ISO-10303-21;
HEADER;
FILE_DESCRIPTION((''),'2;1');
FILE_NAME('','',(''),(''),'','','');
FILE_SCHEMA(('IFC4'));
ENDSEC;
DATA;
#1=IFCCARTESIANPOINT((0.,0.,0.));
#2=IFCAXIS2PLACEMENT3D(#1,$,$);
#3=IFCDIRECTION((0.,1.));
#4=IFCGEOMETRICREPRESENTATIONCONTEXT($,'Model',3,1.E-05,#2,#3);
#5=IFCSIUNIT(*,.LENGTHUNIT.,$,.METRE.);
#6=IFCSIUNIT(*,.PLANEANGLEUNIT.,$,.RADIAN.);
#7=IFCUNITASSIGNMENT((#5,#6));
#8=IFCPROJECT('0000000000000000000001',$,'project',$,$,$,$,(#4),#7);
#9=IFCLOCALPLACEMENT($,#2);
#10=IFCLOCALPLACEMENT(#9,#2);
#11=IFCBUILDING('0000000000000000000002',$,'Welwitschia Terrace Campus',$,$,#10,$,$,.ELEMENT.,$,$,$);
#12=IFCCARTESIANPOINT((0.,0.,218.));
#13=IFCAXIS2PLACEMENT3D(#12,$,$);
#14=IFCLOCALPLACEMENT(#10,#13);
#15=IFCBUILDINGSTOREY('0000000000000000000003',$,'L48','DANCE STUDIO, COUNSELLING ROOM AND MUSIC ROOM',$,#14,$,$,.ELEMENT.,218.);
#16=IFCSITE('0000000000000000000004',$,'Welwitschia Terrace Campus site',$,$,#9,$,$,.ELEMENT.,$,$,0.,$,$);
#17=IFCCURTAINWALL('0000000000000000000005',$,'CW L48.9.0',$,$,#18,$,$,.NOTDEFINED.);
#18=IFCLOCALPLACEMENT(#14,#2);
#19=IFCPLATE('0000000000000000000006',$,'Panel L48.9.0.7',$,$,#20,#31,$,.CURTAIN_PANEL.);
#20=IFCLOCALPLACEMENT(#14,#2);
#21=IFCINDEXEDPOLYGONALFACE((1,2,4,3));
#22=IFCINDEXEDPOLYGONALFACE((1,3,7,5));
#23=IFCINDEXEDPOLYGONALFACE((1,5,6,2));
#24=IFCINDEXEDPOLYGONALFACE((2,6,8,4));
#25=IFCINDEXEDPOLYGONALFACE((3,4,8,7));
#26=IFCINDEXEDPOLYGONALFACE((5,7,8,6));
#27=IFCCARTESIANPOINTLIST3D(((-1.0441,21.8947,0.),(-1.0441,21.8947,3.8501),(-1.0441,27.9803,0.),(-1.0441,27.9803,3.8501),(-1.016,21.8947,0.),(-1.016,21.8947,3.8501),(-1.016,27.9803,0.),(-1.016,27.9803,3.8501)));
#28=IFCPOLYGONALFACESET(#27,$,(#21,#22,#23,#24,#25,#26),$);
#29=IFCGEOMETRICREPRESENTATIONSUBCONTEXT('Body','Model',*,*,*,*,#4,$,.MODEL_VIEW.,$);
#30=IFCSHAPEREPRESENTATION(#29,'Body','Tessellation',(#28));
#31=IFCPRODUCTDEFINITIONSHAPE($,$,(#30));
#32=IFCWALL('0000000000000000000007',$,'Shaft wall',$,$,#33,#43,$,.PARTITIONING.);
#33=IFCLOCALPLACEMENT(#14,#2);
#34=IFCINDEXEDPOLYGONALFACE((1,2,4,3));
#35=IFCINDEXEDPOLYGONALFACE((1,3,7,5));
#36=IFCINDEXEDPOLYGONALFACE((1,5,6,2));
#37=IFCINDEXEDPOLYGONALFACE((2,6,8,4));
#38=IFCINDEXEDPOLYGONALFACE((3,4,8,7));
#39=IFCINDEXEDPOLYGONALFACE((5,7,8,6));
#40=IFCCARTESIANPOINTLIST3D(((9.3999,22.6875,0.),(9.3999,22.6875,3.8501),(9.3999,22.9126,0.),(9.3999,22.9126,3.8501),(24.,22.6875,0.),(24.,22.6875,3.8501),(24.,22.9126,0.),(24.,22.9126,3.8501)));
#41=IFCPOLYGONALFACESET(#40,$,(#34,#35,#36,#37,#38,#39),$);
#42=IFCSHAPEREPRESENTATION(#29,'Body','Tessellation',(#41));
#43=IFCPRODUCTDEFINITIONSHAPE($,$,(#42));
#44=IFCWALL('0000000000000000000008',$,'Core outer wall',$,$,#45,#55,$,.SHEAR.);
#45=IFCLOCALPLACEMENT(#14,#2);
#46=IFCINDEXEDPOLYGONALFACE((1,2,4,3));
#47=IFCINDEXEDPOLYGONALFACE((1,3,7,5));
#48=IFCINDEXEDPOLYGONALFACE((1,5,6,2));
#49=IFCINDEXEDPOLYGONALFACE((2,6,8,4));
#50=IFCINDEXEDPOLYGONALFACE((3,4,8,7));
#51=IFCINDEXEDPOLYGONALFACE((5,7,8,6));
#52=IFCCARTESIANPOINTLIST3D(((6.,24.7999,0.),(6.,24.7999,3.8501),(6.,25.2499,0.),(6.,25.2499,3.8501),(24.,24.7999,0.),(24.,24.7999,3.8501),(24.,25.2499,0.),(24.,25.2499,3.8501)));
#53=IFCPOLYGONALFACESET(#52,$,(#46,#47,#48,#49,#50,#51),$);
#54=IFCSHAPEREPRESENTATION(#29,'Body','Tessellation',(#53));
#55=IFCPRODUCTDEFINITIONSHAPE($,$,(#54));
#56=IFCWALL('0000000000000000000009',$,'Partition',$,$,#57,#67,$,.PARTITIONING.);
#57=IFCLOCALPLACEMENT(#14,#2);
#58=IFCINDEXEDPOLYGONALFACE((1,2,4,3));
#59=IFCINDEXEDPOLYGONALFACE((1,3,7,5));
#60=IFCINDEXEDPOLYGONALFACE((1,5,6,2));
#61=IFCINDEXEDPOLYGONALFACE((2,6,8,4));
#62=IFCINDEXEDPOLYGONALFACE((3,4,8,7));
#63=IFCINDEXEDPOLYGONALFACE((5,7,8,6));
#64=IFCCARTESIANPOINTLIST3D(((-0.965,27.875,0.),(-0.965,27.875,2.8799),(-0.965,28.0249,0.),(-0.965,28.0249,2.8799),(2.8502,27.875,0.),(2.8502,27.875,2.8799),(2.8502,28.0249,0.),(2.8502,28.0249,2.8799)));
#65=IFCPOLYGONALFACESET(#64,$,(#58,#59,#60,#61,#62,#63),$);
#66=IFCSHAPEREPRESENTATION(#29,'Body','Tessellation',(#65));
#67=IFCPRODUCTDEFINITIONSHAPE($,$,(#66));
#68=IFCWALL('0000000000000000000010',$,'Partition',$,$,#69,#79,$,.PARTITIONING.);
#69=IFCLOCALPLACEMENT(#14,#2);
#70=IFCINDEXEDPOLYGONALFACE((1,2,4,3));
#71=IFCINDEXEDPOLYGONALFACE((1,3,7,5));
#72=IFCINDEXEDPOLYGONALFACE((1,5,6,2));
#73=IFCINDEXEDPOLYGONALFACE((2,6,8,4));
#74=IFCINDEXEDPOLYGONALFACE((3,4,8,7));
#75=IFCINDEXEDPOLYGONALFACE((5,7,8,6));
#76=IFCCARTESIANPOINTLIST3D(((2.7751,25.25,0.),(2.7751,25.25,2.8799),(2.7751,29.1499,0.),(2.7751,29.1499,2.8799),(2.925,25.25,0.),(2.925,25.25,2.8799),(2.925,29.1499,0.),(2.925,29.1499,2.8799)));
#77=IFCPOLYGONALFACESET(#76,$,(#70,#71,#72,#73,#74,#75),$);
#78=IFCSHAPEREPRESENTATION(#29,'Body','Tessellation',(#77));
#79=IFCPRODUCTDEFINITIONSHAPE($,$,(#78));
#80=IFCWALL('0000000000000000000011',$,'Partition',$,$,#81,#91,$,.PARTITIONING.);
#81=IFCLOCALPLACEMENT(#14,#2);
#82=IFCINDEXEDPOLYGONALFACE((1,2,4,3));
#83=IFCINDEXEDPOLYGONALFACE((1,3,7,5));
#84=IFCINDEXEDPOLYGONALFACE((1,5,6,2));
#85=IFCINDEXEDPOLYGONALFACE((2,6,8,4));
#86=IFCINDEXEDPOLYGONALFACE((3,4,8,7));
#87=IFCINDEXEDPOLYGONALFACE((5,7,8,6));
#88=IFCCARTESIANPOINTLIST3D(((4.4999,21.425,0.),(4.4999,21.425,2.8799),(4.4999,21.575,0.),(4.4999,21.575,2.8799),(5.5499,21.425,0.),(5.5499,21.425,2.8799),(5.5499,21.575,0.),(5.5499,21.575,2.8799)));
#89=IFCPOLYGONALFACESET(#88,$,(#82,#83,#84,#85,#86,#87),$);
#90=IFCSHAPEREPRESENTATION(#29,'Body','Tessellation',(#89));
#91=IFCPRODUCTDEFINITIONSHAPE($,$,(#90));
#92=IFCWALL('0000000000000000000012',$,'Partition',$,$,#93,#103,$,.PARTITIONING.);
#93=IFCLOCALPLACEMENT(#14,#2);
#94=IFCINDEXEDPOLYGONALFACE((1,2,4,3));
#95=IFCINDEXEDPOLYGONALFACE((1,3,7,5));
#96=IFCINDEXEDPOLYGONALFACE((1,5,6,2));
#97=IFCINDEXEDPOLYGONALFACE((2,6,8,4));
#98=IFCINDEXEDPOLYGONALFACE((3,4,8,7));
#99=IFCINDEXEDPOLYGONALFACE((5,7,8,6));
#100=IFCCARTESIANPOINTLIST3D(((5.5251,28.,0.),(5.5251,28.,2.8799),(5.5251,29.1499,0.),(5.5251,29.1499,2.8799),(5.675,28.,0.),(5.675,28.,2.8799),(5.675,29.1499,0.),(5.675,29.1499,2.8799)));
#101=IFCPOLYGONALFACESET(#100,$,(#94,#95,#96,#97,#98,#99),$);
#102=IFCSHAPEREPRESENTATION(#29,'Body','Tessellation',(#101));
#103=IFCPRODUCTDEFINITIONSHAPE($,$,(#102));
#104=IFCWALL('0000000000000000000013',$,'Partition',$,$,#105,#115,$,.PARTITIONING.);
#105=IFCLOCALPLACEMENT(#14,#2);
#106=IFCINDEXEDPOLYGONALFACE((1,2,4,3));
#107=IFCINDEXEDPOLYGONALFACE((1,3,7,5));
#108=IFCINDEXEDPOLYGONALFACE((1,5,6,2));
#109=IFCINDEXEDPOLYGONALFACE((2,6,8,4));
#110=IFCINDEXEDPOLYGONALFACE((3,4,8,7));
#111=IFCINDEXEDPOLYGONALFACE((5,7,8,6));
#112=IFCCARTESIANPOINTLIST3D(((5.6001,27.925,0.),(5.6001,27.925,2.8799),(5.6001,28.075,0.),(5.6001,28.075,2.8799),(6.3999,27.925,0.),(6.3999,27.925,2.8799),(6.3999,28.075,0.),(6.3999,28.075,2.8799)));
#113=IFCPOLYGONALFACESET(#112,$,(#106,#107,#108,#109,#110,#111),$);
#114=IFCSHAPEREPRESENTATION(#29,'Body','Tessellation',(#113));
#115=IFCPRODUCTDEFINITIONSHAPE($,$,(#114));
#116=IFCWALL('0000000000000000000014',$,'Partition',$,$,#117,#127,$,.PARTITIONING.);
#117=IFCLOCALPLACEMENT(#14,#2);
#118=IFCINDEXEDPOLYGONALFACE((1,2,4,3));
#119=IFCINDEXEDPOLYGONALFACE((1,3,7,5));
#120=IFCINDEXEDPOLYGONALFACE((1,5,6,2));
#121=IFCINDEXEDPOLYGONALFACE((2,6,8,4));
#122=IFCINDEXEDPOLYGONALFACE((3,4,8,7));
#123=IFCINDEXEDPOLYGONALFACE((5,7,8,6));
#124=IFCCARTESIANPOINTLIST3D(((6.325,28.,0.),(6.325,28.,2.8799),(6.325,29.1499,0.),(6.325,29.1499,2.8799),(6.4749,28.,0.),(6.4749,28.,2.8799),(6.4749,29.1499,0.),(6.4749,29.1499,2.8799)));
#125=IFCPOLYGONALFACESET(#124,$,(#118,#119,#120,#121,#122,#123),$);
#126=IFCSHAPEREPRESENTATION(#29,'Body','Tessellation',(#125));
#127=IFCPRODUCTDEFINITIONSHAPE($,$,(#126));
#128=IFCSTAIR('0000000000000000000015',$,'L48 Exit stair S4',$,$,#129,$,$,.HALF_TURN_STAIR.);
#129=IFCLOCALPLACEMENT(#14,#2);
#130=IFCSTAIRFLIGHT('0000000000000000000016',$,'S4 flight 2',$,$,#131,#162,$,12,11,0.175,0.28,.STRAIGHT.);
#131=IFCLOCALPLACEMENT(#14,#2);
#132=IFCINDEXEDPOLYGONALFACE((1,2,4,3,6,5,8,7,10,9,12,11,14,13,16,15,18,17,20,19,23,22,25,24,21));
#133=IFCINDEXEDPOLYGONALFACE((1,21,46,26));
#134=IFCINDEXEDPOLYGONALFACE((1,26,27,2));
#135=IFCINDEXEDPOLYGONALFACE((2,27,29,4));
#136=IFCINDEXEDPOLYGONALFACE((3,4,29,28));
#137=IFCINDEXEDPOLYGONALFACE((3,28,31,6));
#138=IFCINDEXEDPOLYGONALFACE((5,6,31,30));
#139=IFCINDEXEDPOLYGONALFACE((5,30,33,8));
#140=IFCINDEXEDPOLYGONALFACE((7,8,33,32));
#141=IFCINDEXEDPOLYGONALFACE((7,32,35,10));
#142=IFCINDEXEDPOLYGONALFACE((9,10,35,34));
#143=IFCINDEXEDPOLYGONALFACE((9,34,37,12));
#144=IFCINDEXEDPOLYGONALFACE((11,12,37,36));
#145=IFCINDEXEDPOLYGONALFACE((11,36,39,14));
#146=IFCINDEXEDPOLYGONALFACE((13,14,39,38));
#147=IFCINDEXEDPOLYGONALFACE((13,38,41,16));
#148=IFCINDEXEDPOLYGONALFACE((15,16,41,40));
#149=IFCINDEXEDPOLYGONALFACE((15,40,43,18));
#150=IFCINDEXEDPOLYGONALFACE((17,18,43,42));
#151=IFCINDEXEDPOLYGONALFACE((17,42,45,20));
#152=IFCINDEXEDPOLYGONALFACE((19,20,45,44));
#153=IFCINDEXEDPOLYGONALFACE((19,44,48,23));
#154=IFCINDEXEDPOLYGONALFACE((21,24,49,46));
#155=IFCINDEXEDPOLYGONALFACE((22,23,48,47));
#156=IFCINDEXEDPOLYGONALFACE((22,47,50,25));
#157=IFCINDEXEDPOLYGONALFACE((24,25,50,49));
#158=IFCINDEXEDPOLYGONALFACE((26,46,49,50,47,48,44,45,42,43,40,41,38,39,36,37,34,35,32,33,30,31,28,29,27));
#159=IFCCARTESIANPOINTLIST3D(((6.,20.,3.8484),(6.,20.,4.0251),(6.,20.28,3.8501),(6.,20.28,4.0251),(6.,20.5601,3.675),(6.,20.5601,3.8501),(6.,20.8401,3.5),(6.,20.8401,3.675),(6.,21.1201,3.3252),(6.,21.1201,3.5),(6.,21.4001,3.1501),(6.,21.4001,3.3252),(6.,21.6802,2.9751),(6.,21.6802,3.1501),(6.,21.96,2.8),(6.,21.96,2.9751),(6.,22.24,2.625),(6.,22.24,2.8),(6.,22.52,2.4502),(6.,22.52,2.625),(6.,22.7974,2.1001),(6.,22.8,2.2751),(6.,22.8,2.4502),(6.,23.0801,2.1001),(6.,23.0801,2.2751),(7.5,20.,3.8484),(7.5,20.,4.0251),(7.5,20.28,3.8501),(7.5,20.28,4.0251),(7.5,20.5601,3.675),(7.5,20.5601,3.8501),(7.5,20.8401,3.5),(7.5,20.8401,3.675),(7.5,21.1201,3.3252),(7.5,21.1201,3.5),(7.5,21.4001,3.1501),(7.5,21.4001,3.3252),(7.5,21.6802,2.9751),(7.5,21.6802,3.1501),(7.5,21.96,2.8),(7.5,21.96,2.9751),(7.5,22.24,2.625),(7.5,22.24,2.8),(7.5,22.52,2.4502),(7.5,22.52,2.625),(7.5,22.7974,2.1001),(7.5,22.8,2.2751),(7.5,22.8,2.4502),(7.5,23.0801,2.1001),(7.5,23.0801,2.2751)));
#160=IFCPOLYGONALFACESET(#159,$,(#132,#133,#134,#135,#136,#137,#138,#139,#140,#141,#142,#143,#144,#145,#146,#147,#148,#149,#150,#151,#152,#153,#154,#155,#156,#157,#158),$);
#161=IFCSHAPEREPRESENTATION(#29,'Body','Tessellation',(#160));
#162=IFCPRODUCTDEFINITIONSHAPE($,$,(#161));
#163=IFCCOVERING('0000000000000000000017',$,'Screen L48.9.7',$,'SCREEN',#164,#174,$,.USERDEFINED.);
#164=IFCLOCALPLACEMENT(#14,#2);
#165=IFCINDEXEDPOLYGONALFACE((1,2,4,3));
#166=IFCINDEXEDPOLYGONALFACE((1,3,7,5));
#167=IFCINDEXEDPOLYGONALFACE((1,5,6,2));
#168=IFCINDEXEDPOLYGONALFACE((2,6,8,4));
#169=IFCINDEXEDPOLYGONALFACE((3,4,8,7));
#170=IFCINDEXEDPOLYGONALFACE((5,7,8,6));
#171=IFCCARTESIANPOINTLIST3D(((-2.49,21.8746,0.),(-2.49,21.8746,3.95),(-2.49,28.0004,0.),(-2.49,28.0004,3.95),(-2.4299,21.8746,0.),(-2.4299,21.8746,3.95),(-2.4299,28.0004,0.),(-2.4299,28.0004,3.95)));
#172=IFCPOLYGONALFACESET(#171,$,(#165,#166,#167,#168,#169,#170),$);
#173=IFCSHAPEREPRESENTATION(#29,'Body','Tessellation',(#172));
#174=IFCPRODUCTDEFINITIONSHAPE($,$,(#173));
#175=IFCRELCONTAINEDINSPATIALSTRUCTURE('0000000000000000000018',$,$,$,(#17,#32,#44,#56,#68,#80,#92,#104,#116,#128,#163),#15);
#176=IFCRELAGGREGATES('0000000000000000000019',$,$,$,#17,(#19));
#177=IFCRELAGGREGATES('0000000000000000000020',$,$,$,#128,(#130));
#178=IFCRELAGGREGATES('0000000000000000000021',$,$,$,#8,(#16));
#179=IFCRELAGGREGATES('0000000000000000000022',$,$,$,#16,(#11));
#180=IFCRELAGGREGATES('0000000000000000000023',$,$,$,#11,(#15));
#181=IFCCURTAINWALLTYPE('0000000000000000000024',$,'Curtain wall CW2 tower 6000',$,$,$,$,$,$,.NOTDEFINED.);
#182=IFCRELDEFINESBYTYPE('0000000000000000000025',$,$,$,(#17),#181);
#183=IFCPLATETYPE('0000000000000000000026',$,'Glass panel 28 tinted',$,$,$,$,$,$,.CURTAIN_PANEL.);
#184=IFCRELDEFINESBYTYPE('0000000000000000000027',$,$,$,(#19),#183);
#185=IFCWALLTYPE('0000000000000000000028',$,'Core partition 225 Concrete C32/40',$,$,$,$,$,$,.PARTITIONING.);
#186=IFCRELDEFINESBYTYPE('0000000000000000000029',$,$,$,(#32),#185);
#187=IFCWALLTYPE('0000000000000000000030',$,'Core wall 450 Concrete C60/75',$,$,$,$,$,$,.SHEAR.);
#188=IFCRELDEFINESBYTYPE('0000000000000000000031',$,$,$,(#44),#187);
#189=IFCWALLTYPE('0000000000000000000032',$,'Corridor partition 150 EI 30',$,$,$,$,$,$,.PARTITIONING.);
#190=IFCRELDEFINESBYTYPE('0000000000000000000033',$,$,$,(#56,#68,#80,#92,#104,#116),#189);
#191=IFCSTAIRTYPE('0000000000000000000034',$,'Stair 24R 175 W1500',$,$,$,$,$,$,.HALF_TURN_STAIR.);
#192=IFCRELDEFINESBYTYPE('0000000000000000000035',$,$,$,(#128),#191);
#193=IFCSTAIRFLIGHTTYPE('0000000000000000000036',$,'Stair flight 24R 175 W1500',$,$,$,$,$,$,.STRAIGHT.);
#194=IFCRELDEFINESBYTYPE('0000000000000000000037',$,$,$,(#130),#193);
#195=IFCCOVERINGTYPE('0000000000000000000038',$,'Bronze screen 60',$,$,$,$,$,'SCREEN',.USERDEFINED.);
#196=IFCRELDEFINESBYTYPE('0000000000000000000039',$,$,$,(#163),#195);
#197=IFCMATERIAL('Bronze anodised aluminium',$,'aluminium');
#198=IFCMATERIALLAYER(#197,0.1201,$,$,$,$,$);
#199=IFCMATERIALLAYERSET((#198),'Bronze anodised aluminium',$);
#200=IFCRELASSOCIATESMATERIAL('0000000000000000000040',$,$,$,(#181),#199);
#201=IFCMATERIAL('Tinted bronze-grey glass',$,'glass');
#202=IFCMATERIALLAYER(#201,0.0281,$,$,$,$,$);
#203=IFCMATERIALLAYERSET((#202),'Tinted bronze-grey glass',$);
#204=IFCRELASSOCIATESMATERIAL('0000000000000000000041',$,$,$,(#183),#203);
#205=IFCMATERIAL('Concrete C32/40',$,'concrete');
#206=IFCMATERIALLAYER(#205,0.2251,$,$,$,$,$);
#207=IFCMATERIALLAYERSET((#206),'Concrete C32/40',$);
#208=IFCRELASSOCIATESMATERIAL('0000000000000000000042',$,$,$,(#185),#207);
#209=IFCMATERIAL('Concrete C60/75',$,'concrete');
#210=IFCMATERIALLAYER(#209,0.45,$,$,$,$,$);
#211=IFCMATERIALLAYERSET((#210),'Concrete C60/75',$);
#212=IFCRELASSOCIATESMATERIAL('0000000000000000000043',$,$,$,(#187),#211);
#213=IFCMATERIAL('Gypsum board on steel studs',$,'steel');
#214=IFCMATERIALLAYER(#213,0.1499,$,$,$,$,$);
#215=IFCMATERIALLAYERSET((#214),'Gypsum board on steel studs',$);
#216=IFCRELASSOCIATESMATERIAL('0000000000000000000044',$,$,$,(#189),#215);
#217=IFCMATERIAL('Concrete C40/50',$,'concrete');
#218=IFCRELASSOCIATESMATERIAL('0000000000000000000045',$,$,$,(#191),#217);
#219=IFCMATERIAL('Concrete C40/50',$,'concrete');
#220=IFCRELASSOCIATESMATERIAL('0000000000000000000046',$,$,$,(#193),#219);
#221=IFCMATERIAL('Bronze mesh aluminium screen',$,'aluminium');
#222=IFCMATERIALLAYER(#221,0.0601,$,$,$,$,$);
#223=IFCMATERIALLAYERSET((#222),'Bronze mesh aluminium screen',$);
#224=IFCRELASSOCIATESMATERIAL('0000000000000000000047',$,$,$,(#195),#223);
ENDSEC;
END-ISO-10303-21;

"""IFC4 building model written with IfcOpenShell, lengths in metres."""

from ifc_helpers import new_model, si_unit, direction, frame, frame_2d, origin, origin_2d, place, context, subcontext, project, spatial, polyline, rectangle, outline, extrude, material, layer, layer_set, type_object, element, aggregate, save


model = new_model("IFC4")

# Units and contexts
model_context = context("Model", 3, precision=1e-05, world=origin(), true_north=direction((0.0, 1.0)))
body_context = subcontext(model_context, "Body", "Model", "MODEL_VIEW")
ifc_project = project(units=[si_unit("LENGTHUNIT", "METRE"), si_unit("PLANEANGLEUNIT", "RADIAN")], contexts=[model_context])

# Site, building, storey
site_placement = place(None, origin())
site = spatial("IfcSite", under=ifc_project, at=site_placement, Name="Welwitschia Terrace Campus site", CompositionType="ELEMENT", RefElevation=0.0)
building_placement = place(site_placement, origin())
building = spatial("IfcBuilding", under=site, at=building_placement, Name="Welwitschia Terrace Campus", CompositionType="ELEMENT")
storey_placement = place(building_placement, frame((0.0, 0.0, 218.0)))
storey = spatial("IfcBuildingStorey", under=building, at=storey_placement, Name="L48", Description="DANCE STUDIO, COUNSELLING ROOM AND MUSIC ROOM", CompositionType="ELEMENT", Elevation=218.0)

# Curtain wall
ifc_material_1 = material(Name="Bronze anodised aluminium", Category="aluminium")
ifc_layer_1 = layer(ifc_material_1, 0.1201)
ifc_layer_set_1 = layer_set([ifc_layer_1], Name="Bronze anodised aluminium")
curtain_wall_type = type_object("IfcCurtainWallType", Name="Curtain wall CW2 tower 6000", PredefinedType="NOTDEFINED", material=ifc_layer_set_1)
curtain_wall_placement = place(storey_placement, origin())
curtain_wall = element("IfcCurtainWall", 1, at=curtain_wall_placement, inside=storey, type_object=curtain_wall_type, Name="CW L48.9.0", PredefinedType="NOTDEFINED")

# Plate
ifc_material_2 = material(Name="Tinted bronze-grey glass", Category="glass")
ifc_layer_2 = layer(ifc_material_2, 0.0281)
ifc_layer_set_2 = layer_set([ifc_layer_2], Name="Tinted bronze-grey glass")
plate_type = type_object("IfcPlateType", Name="Glass panel 28 tinted", PredefinedType="CURTAIN_PANEL", material=ifc_layer_set_2)
plate_placement = place(storey_placement, frame((-1.03, 24.9375, 0.0), z_axis=(0.0, 0.0, 1.0), x_axis=(0.0, -1.0, 0.0)))
plate = element("IfcPlate", 2, at=plate_placement, type_object=plate_type, Name="Panel L48.9.0.7", PredefinedType="CURTAIN_PANEL", context=body_context, shape_type="SweptSolid", body=[
    extrude(rectangle(XDim=6.0857, YDim=0.0281, at=origin_2d()), origin(), (0.0, 0.0, 1.0), 3.8501),
])
aggregate(curtain_wall, [plate])

# Walls
ifc_material_3 = material(Name="Concrete C32/40", Category="concrete")
ifc_layer_3 = layer(ifc_material_3, 0.2251)
ifc_layer_set_3 = layer_set([ifc_layer_3], Name="Concrete C32/40")
wall_type_1 = type_object("IfcWallType", Name="Core partition 225 Concrete C32/40", PredefinedType="PARTITIONING", material=ifc_layer_set_3)
wall_1_placement = place(storey_placement, frame((9.3999, 22.8, 0.0), z_axis=(0.0, 0.0, 1.0), x_axis=(1.0, 0.0, 0.0)))
element("IfcWall", 3, at=wall_1_placement, inside=storey, type_object=wall_type_1, Name="Shaft wall", PredefinedType="PARTITIONING", context=body_context, shape_type="SweptSolid", body=[
    extrude(rectangle(XDim=14.6001, YDim=0.2251, at=frame_2d((7.3, 0.0))), origin(), (0.0, 0.0, 1.0), 3.8501),
])
ifc_material_4 = material(Name="Concrete C60/75", Category="concrete")
ifc_layer_4 = layer(ifc_material_4, 0.45)
ifc_layer_set_4 = layer_set([ifc_layer_4], Name="Concrete C60/75")
wall_type_2 = type_object("IfcWallType", Name="Core wall 450 Concrete C60/75", PredefinedType="SHEAR", material=ifc_layer_set_4)
wall_2_placement = place(storey_placement, frame((6.0, 25.0249, 0.0), z_axis=(0.0, 0.0, 1.0), x_axis=(1.0, 0.0, 0.0)))
element("IfcWall", 4, at=wall_2_placement, inside=storey, type_object=wall_type_2, Name="Core outer wall", PredefinedType="SHEAR", context=body_context, shape_type="SweptSolid", body=[
    extrude(rectangle(XDim=18.0, YDim=0.45, at=frame_2d((9.0, 0.0))), origin(), (0.0, 0.0, 1.0), 3.8501),
])
ifc_material_5 = material(Name="Gypsum board on steel studs", Category="steel")
ifc_layer_5 = layer(ifc_material_5, 0.1499)
ifc_layer_set_5 = layer_set([ifc_layer_5], Name="Gypsum board on steel studs")
wall_type_3 = type_object("IfcWallType", Name="Corridor partition 150 EI 30", PredefinedType="PARTITIONING", material=ifc_layer_set_5)
wall_3_placement = place(storey_placement, frame((-0.9651, 27.95, 0.0), z_axis=(0.0, 0.0, 1.0), x_axis=(1.0, 0.0, 0.0)))
element("IfcWall", 5, at=wall_3_placement, inside=storey, type_object=wall_type_3, Name="Partition", PredefinedType="PARTITIONING", context=body_context, shape_type="SweptSolid", body=[
    extrude(rectangle(XDim=3.8152, YDim=0.1499, at=frame_2d((1.9077, 0.0))), origin(), (0.0, 0.0, 1.0), 2.8799),
])
wall_4_placement = place(storey_placement, frame((2.8501, 25.25, 0.0), z_axis=(0.0, 0.0, 1.0), x_axis=(0.0, 1.0, 0.0)))
element("IfcWall", 6, at=wall_4_placement, inside=storey, type_object=wall_type_3, Name="Partition", PredefinedType="PARTITIONING", context=body_context, shape_type="SweptSolid", body=[
    extrude(rectangle(XDim=3.8999, YDim=0.1499, at=frame_2d((1.95, 0.0))), origin(), (0.0, 0.0, 1.0), 2.8799),
])
wall_5_placement = place(storey_placement, frame((4.5, 21.5, 0.0), z_axis=(0.0, 0.0, 1.0), x_axis=(1.0, 0.0, 0.0)))
element("IfcWall", 7, at=wall_5_placement, inside=storey, type_object=wall_type_3, Name="Partition", PredefinedType="PARTITIONING", context=body_context, shape_type="SweptSolid", body=[
    extrude(rectangle(XDim=1.05, YDim=0.1499, at=frame_2d((0.5249, 0.0))), origin(), (0.0, 0.0, 1.0), 2.8799),
])
wall_6_placement = place(storey_placement, frame((5.6001, 28.0, 0.0), z_axis=(0.0, 0.0, 1.0), x_axis=(0.0, 1.0, 0.0)))
element("IfcWall", 8, at=wall_6_placement, inside=storey, type_object=wall_type_3, Name="Partition", PredefinedType="PARTITIONING", context=body_context, shape_type="SweptSolid", body=[
    extrude(rectangle(XDim=1.1499, YDim=0.1499, at=frame_2d((0.575, 0.0))), origin(), (0.0, 0.0, 1.0), 2.8799),
])
wall_7_placement = place(storey_placement, frame((5.6001, 28.0, 0.0), z_axis=(0.0, 0.0, 1.0), x_axis=(1.0, 0.0, 0.0)))
element("IfcWall", 9, at=wall_7_placement, inside=storey, type_object=wall_type_3, Name="Partition", PredefinedType="PARTITIONING", context=body_context, shape_type="SweptSolid", body=[
    extrude(rectangle(XDim=0.7998, YDim=0.1499, at=frame_2d((0.3999, 0.0))), origin(), (0.0, 0.0, 1.0), 2.8799),
])
wall_8_placement = place(storey_placement, frame((6.3999, 28.0, 0.0), z_axis=(0.0, 0.0, 1.0), x_axis=(0.0, 1.0, 0.0)))
element("IfcWall", 10, at=wall_8_placement, inside=storey, type_object=wall_type_3, Name="Partition", PredefinedType="PARTITIONING", context=body_context, shape_type="SweptSolid", body=[
    extrude(rectangle(XDim=1.1499, YDim=0.1499, at=frame_2d((0.575, 0.0))), origin(), (0.0, 0.0, 1.0), 2.8799),
])

# Stair, stair flight
ifc_material_6 = material(Name="Concrete C40/50", Category="concrete")
stair_type = type_object("IfcStairType", Name="Stair 24R 175 W1500", PredefinedType="HALF_TURN_STAIR", material=ifc_material_6)
stair_placement = place(storey_placement, origin())
stair = element("IfcStair", 11, at=stair_placement, inside=storey, type_object=stair_type, Name="L48 Exit stair S4", PredefinedType="HALF_TURN_STAIR")
ifc_material_7 = material(Name="Concrete C40/50", Category="concrete")
stair_flight_type = type_object("IfcStairFlightType", Name="Stair flight 24R 175 W1500", PredefinedType="STRAIGHT", material=ifc_material_7)
stair_flight_placement = place(storey_placement, frame((6.75, 23.0801, 2.1001), z_axis=(0.0, 0.0, 1.0), x_axis=(0.0, -1.0, 0.0)))
stair_flight = element("IfcStairFlight", 12, at=stair_flight_placement, type_object=stair_flight_type, Name="S4 flight 2", NumberOfRisers=12, NumberOfTreads=11, PredefinedType="STRAIGHT", RiserHeight=0.175, TreadLength=0.28, context=body_context, shape_type="SweptSolid", body=[
    extrude(outline(polyline([(0.0, 0.0), (0.0, 0.175), (0.28, 0.175), (0.28, 0.3501), (0.5601, 0.3501), (0.5601, 0.5249), (0.8401, 0.5249), (0.8401, 0.7), (1.1201, 0.7), (1.1201, 0.875), (1.3999, 0.875), (1.3999, 1.05), (1.6799, 1.05), (1.6799, 1.2251), (1.96, 1.2251), (1.96, 1.3999), (2.24, 1.3999), (2.24, 1.575), (2.52, 1.575), (2.52, 1.75), (2.8, 1.75), (2.8, 1.925), (3.0801, 1.925), (3.0801, 2.1001), (3.0801, 1.7483), (0.2827, 0.0), (0.0, 0.0)])), frame((0.0, 0.75, 0.0), z_axis=(0.0, -1.0, 0.0), x_axis=(1.0, 0.0, 0.0)), (0.0, 0.0, 1.0), 1.5),
])
aggregate(stair, [stair_flight])

# Covering
ifc_material_8 = material(Name="Bronze mesh aluminium screen", Category="aluminium")
ifc_layer_6 = layer(ifc_material_8, 0.0601)
ifc_layer_set_6 = layer_set([ifc_layer_6], Name="Bronze mesh aluminium screen")
covering_type = type_object("IfcCoveringType", Name="Bronze screen 60", ElementType="SCREEN", PredefinedType="USERDEFINED", material=ifc_layer_set_6)
covering_placement = place(storey_placement, frame((-2.46, 24.9375, 0.0), z_axis=(0.0, 0.0, 1.0), x_axis=(0.0, -1.0, 0.0)))
element("IfcCovering", 13, at=covering_placement, inside=storey, type_object=covering_type, Name="Screen L48.9.7", ObjectType="SCREEN", PredefinedType="USERDEFINED", context=body_context, shape_type="SweptSolid", body=[
    extrude(rectangle(XDim=6.1257, YDim=0.0601, at=origin_2d()), origin(), (0.0, 0.0, 1.0), 3.95),
])

save(model, "model.ifc")
